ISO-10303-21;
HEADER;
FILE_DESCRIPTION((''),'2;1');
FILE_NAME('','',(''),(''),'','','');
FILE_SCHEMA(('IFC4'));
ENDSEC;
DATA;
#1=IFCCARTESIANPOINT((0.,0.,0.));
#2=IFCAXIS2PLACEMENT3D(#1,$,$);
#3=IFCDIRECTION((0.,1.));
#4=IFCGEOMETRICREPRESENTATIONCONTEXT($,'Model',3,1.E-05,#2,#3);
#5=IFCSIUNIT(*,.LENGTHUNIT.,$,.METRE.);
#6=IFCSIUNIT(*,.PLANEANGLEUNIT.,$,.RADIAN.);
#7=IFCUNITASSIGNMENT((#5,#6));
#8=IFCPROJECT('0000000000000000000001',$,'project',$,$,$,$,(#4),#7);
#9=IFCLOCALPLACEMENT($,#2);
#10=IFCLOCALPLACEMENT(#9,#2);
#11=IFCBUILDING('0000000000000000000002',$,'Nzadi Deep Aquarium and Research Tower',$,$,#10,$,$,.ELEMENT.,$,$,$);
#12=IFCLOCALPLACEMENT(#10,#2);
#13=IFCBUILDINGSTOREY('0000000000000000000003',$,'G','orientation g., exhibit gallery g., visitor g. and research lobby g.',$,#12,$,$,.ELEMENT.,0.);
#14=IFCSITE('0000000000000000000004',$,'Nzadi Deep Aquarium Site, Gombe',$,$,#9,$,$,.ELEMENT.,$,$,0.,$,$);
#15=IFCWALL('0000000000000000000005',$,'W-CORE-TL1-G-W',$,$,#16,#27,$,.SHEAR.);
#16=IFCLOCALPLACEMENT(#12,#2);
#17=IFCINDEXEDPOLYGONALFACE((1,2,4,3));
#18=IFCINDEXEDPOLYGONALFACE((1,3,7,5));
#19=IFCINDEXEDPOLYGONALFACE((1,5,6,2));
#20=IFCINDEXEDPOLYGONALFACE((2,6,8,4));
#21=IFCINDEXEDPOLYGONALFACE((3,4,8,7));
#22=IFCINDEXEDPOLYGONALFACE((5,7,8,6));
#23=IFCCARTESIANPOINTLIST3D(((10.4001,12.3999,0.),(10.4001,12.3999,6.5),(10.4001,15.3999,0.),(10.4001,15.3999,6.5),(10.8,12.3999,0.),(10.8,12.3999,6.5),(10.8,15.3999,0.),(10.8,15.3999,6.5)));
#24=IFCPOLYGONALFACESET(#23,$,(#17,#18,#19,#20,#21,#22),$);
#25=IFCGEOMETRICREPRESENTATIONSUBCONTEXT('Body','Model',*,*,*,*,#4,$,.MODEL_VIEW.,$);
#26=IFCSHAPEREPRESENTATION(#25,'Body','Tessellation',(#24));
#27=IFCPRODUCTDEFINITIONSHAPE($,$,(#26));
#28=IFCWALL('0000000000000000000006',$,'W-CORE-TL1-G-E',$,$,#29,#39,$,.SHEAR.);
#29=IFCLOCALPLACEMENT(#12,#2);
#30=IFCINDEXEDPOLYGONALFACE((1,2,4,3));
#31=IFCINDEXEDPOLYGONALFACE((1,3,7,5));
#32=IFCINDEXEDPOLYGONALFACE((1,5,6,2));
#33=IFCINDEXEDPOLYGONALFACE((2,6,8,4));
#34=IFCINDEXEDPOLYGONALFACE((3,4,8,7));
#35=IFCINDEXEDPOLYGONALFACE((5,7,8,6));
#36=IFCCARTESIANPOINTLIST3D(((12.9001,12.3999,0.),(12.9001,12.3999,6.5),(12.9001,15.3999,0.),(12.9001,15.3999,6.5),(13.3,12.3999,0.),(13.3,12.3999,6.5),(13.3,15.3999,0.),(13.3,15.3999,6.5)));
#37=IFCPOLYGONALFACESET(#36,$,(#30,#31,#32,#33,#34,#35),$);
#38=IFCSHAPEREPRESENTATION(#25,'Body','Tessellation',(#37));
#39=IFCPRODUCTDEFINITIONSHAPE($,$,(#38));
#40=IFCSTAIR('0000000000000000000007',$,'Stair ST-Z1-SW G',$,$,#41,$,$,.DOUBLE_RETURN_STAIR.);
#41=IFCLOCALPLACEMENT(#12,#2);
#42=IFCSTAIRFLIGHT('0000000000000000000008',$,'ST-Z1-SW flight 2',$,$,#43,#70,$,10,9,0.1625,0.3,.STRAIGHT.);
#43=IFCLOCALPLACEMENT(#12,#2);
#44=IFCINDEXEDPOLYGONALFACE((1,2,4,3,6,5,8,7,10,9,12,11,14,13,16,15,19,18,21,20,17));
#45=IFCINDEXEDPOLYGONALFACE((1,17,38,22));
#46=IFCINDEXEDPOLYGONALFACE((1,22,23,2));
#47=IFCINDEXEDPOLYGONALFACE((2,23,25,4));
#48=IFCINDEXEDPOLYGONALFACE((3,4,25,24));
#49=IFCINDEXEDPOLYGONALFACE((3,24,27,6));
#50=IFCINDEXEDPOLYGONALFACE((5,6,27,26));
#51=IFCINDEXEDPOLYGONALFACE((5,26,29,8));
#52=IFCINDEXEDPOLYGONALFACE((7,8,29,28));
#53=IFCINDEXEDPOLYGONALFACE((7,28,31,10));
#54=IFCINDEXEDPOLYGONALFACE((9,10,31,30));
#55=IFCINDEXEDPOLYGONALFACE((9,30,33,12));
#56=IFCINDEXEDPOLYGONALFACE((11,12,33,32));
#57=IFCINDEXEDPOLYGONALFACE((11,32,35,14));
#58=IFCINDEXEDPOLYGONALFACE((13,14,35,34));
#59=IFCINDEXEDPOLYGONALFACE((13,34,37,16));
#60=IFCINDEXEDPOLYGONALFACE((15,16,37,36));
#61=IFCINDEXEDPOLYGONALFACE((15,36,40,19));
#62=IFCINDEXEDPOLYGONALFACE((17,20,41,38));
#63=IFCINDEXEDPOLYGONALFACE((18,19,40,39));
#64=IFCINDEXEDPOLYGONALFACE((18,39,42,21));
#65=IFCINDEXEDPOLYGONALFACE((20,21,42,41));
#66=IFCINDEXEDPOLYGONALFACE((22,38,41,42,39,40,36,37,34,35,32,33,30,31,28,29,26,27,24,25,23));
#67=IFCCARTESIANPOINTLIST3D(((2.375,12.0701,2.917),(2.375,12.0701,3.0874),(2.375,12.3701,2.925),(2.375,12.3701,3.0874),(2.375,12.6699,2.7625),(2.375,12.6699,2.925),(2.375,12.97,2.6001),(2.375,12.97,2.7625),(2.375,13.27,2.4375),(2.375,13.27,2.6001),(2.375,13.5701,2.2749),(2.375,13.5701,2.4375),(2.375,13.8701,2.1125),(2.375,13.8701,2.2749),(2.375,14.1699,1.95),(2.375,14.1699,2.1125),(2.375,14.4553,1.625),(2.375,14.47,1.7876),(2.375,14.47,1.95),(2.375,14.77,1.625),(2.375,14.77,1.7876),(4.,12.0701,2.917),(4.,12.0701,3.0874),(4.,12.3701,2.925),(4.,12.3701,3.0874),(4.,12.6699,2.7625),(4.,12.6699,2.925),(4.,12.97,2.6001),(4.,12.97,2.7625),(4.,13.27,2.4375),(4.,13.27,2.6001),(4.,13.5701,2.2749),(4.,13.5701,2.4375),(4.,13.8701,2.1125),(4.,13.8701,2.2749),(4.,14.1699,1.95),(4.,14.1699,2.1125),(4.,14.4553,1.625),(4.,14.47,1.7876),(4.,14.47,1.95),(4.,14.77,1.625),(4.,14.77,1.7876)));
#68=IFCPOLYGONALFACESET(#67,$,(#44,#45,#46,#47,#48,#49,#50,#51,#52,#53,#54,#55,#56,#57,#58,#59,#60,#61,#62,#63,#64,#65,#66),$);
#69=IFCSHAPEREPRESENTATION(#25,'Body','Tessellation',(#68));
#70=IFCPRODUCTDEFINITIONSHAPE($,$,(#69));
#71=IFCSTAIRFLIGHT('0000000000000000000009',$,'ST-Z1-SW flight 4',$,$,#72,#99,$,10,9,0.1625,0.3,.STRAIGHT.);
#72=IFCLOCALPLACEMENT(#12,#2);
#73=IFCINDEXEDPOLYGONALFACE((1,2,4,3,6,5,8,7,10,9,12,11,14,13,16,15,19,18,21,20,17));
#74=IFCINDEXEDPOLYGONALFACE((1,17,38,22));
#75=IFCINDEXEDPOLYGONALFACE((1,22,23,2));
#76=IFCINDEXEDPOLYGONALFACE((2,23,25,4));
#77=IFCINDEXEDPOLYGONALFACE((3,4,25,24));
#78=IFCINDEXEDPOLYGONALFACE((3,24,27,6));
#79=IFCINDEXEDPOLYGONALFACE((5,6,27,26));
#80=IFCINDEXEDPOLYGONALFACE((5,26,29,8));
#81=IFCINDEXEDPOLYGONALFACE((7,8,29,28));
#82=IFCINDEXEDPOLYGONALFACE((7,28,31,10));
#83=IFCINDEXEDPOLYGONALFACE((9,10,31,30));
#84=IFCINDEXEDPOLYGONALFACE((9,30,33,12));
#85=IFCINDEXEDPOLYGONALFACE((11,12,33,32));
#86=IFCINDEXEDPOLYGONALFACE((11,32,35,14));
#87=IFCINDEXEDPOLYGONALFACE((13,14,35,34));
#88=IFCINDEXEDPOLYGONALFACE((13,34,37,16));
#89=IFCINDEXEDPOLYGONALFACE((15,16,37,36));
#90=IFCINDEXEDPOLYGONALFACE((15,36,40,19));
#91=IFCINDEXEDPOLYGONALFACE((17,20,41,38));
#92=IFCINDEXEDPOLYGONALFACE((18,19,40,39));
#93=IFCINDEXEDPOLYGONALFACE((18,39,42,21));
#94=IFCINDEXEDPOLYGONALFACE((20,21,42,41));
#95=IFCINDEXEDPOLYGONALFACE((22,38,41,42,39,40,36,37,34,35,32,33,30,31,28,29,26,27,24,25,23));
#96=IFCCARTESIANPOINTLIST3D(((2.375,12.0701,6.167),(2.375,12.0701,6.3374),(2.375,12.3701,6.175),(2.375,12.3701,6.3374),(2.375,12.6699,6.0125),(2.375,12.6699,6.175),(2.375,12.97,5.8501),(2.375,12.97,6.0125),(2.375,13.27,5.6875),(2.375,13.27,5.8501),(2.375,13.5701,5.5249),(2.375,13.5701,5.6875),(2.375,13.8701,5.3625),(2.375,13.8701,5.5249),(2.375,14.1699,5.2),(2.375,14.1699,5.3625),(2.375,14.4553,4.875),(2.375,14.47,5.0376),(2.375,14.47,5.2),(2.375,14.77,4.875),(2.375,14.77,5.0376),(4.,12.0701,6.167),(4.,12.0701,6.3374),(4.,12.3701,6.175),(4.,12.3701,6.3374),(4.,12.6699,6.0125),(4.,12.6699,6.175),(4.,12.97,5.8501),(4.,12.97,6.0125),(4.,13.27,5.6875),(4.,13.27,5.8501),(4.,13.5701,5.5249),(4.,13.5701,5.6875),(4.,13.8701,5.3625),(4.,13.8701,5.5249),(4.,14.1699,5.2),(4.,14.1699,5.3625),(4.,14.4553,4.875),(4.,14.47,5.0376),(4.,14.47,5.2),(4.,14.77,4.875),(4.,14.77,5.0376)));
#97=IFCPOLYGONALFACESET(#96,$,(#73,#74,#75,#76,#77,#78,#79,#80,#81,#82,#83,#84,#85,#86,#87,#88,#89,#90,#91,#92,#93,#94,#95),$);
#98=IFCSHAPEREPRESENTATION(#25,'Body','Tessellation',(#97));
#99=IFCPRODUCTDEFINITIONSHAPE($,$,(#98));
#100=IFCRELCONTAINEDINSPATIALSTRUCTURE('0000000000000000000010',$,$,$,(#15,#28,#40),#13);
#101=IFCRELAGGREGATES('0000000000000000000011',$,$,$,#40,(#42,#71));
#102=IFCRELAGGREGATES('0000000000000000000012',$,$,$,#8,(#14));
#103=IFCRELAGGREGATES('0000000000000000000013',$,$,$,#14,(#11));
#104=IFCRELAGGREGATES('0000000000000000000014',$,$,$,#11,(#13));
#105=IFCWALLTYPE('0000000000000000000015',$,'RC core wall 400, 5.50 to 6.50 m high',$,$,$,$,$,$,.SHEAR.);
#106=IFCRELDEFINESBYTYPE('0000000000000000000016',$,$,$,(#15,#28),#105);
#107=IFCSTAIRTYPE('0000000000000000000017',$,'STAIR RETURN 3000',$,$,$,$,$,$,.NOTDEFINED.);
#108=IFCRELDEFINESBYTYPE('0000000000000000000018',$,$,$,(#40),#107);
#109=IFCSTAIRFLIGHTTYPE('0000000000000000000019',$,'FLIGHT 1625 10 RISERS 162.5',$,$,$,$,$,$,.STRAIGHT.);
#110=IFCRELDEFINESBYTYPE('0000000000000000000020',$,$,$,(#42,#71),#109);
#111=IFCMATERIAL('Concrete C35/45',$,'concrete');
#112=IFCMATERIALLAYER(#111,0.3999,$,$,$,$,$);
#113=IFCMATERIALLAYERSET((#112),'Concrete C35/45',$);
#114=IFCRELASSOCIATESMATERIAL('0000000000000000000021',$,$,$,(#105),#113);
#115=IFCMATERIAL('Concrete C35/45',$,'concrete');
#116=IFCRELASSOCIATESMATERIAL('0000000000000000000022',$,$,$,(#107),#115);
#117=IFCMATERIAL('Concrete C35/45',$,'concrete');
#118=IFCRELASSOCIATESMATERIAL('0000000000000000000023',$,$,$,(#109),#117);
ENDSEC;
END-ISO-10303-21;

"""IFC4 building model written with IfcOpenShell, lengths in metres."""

from ifc_helpers import new_model, si_unit, direction, frame, frame_2d, origin, place, context, subcontext, project, spatial, polyline, rectangle, outline, extrude, material, layer, layer_set, type_object, element, aggregate, save


model = new_model("IFC4")

# Units and contexts
model_context = context("Model", 3, precision=1e-05, world=origin(), true_north=direction((0.0, 1.0)))
body_context = subcontext(model_context, "Body", "Model", "MODEL_VIEW")
ifc_project = project(units=[si_unit("LENGTHUNIT", "METRE"), si_unit("PLANEANGLEUNIT", "RADIAN")], contexts=[model_context])

# Site, building, storey
site_placement = place(None, origin())
site = spatial("IfcSite", under=ifc_project, at=site_placement, Name="Nzadi Deep Aquarium Site, Gombe", CompositionType="ELEMENT", RefElevation=0.0)
building_placement = place(site_placement, origin())
building = spatial("IfcBuilding", under=site, at=building_placement, Name="Nzadi Deep Aquarium and Research Tower", CompositionType="ELEMENT")
storey_placement = place(building_placement, origin())
storey = spatial("IfcBuildingStorey", under=building, at=storey_placement, Name="G", Description="orientation g., exhibit gallery g., visitor g. and research lobby g.", CompositionType="ELEMENT", Elevation=0.0)

# Shared definitions
ifc_material_1 = material(Name="Concrete C35/45", Category="concrete")
ifc_layer_1 = layer(ifc_material_1, 0.3999)
ifc_layer_set_1 = layer_set([ifc_layer_1], Name="Concrete C35/45")
wall_type_1 = type_object("IfcWallType", Name="RC core wall 400, 5.50 to 6.50 m high", PredefinedType="SHEAR", material=ifc_layer_set_1)

# Walls
for number, where, z_axis, x_axis, name in (
    (1, (10.6001, 12.3999, 0.0), (0.0, 0.0, 1.0), (0.0, 1.0, 0.0), "W-CORE-TL1-G-W"),
    (2, (13.1001, 12.3999, 0.0), (0.0, 0.0, 1.0), (0.0, 1.0, 0.0), "W-CORE-TL1-G-E"),
):
    element("IfcWall", number, at=place(storey_placement, frame(where, z_axis=z_axis, x_axis=x_axis)), inside=storey, type_object=wall_type_1, Name=name, PredefinedType="SHEAR", context=body_context, shape_type="SweptSolid", body=[
        extrude(rectangle(XDim=3.0, YDim=0.3999, at=frame_2d((1.5, 0.0))), origin(), (0.0, 0.0, 1.0), 6.5),
    ])

# Stair, stair flights
ifc_material_2 = material(Name="Concrete C35/45", Category="concrete")
stair_type = type_object("IfcStairType", Name="STAIR RETURN 3000", PredefinedType="NOTDEFINED", material=ifc_material_2)
stair_placement = place(storey_placement, origin())
stair = element("IfcStair", 3, at=stair_placement, inside=storey, type_object=stair_type, Name="Stair ST-Z1-SW G", PredefinedType="DOUBLE_RETURN_STAIR")
ifc_material_3 = material(Name="Concrete C35/45", Category="concrete")
stair_flight_type = type_object("IfcStairFlightType", Name="FLIGHT 1625 10 RISERS 162.5", PredefinedType="STRAIGHT", material=ifc_material_3)
stair_flight_1_placement = place(storey_placement, frame((3.1875, 14.77, 1.625), z_axis=(0.0, 0.0, 1.0), x_axis=(0.0, -1.0, 0.0)))
stair_flight_1 = element("IfcStairFlight", 4, at=stair_flight_1_placement, type_object=stair_flight_type, Name="ST-Z1-SW flight 2", NumberOfRisers=10, NumberOfTreads=9, PredefinedType="STRAIGHT", RiserHeight=0.1625, TreadLength=0.3, context=body_context, shape_type="SweptSolid", body=[
    extrude(outline(polyline([(0.0, 0.0), (0.0, 0.1626), (0.3, 0.1626), (0.3, 0.325), (0.6001, 0.325), (0.6001, 0.4875), (0.8999, 0.4875), (0.8999, 0.6499), (1.2, 0.6499), (1.2, 0.8125), (1.5, 0.8125), (1.5, 0.9751), (1.8, 0.9751), (1.8, 1.1375), (2.1001, 1.1375), (2.1001, 1.3), (2.3999, 1.3), (2.3999, 1.4624), (2.7, 1.4624), (2.7, 1.625), (2.7, 1.292), (0.3147, 0.0), (0.0, 0.0)])), frame((0.0, 0.8125, 0.0), z_axis=(0.0, -1.0, 0.0), x_axis=(1.0, 0.0, 0.0)), (0.0, 0.0, 1.0), 1.625),
])
stair_flight_2_placement = place(storey_placement, frame((3.1875, 14.77, 4.875), z_axis=(0.0, 0.0, 1.0), x_axis=(0.0, -1.0, 0.0)))
stair_flight_2 = element("IfcStairFlight", 5, at=stair_flight_2_placement, type_object=stair_flight_type, Name="ST-Z1-SW flight 4", NumberOfRisers=10, NumberOfTreads=9, PredefinedType="STRAIGHT", RiserHeight=0.1625, TreadLength=0.3, context=body_context, shape_type="SweptSolid", body=[
    extrude(outline(polyline([(0.0, 0.0), (0.0, 0.1626), (0.3, 0.1626), (0.3, 0.325), (0.6001, 0.325), (0.6001, 0.4875), (0.8999, 0.4875), (0.8999, 0.6499), (1.2, 0.6499), (1.2, 0.8125), (1.5, 0.8125), (1.5, 0.9751), (1.8, 0.9751), (1.8, 1.1375), (2.1001, 1.1375), (2.1001, 1.3), (2.3999, 1.3), (2.3999, 1.4624), (2.7, 1.4624), (2.7, 1.625), (2.7, 1.292), (0.3147, 0.0), (0.0, 0.0)])), frame((0.0, 0.8125, 0.0), z_axis=(0.0, -1.0, 0.0), x_axis=(1.0, 0.0, 0.0)), (0.0, 0.0, 1.0), 1.625),
])
aggregate(stair, [stair_flight_1, stair_flight_2])

save(model, "model.ifc")
